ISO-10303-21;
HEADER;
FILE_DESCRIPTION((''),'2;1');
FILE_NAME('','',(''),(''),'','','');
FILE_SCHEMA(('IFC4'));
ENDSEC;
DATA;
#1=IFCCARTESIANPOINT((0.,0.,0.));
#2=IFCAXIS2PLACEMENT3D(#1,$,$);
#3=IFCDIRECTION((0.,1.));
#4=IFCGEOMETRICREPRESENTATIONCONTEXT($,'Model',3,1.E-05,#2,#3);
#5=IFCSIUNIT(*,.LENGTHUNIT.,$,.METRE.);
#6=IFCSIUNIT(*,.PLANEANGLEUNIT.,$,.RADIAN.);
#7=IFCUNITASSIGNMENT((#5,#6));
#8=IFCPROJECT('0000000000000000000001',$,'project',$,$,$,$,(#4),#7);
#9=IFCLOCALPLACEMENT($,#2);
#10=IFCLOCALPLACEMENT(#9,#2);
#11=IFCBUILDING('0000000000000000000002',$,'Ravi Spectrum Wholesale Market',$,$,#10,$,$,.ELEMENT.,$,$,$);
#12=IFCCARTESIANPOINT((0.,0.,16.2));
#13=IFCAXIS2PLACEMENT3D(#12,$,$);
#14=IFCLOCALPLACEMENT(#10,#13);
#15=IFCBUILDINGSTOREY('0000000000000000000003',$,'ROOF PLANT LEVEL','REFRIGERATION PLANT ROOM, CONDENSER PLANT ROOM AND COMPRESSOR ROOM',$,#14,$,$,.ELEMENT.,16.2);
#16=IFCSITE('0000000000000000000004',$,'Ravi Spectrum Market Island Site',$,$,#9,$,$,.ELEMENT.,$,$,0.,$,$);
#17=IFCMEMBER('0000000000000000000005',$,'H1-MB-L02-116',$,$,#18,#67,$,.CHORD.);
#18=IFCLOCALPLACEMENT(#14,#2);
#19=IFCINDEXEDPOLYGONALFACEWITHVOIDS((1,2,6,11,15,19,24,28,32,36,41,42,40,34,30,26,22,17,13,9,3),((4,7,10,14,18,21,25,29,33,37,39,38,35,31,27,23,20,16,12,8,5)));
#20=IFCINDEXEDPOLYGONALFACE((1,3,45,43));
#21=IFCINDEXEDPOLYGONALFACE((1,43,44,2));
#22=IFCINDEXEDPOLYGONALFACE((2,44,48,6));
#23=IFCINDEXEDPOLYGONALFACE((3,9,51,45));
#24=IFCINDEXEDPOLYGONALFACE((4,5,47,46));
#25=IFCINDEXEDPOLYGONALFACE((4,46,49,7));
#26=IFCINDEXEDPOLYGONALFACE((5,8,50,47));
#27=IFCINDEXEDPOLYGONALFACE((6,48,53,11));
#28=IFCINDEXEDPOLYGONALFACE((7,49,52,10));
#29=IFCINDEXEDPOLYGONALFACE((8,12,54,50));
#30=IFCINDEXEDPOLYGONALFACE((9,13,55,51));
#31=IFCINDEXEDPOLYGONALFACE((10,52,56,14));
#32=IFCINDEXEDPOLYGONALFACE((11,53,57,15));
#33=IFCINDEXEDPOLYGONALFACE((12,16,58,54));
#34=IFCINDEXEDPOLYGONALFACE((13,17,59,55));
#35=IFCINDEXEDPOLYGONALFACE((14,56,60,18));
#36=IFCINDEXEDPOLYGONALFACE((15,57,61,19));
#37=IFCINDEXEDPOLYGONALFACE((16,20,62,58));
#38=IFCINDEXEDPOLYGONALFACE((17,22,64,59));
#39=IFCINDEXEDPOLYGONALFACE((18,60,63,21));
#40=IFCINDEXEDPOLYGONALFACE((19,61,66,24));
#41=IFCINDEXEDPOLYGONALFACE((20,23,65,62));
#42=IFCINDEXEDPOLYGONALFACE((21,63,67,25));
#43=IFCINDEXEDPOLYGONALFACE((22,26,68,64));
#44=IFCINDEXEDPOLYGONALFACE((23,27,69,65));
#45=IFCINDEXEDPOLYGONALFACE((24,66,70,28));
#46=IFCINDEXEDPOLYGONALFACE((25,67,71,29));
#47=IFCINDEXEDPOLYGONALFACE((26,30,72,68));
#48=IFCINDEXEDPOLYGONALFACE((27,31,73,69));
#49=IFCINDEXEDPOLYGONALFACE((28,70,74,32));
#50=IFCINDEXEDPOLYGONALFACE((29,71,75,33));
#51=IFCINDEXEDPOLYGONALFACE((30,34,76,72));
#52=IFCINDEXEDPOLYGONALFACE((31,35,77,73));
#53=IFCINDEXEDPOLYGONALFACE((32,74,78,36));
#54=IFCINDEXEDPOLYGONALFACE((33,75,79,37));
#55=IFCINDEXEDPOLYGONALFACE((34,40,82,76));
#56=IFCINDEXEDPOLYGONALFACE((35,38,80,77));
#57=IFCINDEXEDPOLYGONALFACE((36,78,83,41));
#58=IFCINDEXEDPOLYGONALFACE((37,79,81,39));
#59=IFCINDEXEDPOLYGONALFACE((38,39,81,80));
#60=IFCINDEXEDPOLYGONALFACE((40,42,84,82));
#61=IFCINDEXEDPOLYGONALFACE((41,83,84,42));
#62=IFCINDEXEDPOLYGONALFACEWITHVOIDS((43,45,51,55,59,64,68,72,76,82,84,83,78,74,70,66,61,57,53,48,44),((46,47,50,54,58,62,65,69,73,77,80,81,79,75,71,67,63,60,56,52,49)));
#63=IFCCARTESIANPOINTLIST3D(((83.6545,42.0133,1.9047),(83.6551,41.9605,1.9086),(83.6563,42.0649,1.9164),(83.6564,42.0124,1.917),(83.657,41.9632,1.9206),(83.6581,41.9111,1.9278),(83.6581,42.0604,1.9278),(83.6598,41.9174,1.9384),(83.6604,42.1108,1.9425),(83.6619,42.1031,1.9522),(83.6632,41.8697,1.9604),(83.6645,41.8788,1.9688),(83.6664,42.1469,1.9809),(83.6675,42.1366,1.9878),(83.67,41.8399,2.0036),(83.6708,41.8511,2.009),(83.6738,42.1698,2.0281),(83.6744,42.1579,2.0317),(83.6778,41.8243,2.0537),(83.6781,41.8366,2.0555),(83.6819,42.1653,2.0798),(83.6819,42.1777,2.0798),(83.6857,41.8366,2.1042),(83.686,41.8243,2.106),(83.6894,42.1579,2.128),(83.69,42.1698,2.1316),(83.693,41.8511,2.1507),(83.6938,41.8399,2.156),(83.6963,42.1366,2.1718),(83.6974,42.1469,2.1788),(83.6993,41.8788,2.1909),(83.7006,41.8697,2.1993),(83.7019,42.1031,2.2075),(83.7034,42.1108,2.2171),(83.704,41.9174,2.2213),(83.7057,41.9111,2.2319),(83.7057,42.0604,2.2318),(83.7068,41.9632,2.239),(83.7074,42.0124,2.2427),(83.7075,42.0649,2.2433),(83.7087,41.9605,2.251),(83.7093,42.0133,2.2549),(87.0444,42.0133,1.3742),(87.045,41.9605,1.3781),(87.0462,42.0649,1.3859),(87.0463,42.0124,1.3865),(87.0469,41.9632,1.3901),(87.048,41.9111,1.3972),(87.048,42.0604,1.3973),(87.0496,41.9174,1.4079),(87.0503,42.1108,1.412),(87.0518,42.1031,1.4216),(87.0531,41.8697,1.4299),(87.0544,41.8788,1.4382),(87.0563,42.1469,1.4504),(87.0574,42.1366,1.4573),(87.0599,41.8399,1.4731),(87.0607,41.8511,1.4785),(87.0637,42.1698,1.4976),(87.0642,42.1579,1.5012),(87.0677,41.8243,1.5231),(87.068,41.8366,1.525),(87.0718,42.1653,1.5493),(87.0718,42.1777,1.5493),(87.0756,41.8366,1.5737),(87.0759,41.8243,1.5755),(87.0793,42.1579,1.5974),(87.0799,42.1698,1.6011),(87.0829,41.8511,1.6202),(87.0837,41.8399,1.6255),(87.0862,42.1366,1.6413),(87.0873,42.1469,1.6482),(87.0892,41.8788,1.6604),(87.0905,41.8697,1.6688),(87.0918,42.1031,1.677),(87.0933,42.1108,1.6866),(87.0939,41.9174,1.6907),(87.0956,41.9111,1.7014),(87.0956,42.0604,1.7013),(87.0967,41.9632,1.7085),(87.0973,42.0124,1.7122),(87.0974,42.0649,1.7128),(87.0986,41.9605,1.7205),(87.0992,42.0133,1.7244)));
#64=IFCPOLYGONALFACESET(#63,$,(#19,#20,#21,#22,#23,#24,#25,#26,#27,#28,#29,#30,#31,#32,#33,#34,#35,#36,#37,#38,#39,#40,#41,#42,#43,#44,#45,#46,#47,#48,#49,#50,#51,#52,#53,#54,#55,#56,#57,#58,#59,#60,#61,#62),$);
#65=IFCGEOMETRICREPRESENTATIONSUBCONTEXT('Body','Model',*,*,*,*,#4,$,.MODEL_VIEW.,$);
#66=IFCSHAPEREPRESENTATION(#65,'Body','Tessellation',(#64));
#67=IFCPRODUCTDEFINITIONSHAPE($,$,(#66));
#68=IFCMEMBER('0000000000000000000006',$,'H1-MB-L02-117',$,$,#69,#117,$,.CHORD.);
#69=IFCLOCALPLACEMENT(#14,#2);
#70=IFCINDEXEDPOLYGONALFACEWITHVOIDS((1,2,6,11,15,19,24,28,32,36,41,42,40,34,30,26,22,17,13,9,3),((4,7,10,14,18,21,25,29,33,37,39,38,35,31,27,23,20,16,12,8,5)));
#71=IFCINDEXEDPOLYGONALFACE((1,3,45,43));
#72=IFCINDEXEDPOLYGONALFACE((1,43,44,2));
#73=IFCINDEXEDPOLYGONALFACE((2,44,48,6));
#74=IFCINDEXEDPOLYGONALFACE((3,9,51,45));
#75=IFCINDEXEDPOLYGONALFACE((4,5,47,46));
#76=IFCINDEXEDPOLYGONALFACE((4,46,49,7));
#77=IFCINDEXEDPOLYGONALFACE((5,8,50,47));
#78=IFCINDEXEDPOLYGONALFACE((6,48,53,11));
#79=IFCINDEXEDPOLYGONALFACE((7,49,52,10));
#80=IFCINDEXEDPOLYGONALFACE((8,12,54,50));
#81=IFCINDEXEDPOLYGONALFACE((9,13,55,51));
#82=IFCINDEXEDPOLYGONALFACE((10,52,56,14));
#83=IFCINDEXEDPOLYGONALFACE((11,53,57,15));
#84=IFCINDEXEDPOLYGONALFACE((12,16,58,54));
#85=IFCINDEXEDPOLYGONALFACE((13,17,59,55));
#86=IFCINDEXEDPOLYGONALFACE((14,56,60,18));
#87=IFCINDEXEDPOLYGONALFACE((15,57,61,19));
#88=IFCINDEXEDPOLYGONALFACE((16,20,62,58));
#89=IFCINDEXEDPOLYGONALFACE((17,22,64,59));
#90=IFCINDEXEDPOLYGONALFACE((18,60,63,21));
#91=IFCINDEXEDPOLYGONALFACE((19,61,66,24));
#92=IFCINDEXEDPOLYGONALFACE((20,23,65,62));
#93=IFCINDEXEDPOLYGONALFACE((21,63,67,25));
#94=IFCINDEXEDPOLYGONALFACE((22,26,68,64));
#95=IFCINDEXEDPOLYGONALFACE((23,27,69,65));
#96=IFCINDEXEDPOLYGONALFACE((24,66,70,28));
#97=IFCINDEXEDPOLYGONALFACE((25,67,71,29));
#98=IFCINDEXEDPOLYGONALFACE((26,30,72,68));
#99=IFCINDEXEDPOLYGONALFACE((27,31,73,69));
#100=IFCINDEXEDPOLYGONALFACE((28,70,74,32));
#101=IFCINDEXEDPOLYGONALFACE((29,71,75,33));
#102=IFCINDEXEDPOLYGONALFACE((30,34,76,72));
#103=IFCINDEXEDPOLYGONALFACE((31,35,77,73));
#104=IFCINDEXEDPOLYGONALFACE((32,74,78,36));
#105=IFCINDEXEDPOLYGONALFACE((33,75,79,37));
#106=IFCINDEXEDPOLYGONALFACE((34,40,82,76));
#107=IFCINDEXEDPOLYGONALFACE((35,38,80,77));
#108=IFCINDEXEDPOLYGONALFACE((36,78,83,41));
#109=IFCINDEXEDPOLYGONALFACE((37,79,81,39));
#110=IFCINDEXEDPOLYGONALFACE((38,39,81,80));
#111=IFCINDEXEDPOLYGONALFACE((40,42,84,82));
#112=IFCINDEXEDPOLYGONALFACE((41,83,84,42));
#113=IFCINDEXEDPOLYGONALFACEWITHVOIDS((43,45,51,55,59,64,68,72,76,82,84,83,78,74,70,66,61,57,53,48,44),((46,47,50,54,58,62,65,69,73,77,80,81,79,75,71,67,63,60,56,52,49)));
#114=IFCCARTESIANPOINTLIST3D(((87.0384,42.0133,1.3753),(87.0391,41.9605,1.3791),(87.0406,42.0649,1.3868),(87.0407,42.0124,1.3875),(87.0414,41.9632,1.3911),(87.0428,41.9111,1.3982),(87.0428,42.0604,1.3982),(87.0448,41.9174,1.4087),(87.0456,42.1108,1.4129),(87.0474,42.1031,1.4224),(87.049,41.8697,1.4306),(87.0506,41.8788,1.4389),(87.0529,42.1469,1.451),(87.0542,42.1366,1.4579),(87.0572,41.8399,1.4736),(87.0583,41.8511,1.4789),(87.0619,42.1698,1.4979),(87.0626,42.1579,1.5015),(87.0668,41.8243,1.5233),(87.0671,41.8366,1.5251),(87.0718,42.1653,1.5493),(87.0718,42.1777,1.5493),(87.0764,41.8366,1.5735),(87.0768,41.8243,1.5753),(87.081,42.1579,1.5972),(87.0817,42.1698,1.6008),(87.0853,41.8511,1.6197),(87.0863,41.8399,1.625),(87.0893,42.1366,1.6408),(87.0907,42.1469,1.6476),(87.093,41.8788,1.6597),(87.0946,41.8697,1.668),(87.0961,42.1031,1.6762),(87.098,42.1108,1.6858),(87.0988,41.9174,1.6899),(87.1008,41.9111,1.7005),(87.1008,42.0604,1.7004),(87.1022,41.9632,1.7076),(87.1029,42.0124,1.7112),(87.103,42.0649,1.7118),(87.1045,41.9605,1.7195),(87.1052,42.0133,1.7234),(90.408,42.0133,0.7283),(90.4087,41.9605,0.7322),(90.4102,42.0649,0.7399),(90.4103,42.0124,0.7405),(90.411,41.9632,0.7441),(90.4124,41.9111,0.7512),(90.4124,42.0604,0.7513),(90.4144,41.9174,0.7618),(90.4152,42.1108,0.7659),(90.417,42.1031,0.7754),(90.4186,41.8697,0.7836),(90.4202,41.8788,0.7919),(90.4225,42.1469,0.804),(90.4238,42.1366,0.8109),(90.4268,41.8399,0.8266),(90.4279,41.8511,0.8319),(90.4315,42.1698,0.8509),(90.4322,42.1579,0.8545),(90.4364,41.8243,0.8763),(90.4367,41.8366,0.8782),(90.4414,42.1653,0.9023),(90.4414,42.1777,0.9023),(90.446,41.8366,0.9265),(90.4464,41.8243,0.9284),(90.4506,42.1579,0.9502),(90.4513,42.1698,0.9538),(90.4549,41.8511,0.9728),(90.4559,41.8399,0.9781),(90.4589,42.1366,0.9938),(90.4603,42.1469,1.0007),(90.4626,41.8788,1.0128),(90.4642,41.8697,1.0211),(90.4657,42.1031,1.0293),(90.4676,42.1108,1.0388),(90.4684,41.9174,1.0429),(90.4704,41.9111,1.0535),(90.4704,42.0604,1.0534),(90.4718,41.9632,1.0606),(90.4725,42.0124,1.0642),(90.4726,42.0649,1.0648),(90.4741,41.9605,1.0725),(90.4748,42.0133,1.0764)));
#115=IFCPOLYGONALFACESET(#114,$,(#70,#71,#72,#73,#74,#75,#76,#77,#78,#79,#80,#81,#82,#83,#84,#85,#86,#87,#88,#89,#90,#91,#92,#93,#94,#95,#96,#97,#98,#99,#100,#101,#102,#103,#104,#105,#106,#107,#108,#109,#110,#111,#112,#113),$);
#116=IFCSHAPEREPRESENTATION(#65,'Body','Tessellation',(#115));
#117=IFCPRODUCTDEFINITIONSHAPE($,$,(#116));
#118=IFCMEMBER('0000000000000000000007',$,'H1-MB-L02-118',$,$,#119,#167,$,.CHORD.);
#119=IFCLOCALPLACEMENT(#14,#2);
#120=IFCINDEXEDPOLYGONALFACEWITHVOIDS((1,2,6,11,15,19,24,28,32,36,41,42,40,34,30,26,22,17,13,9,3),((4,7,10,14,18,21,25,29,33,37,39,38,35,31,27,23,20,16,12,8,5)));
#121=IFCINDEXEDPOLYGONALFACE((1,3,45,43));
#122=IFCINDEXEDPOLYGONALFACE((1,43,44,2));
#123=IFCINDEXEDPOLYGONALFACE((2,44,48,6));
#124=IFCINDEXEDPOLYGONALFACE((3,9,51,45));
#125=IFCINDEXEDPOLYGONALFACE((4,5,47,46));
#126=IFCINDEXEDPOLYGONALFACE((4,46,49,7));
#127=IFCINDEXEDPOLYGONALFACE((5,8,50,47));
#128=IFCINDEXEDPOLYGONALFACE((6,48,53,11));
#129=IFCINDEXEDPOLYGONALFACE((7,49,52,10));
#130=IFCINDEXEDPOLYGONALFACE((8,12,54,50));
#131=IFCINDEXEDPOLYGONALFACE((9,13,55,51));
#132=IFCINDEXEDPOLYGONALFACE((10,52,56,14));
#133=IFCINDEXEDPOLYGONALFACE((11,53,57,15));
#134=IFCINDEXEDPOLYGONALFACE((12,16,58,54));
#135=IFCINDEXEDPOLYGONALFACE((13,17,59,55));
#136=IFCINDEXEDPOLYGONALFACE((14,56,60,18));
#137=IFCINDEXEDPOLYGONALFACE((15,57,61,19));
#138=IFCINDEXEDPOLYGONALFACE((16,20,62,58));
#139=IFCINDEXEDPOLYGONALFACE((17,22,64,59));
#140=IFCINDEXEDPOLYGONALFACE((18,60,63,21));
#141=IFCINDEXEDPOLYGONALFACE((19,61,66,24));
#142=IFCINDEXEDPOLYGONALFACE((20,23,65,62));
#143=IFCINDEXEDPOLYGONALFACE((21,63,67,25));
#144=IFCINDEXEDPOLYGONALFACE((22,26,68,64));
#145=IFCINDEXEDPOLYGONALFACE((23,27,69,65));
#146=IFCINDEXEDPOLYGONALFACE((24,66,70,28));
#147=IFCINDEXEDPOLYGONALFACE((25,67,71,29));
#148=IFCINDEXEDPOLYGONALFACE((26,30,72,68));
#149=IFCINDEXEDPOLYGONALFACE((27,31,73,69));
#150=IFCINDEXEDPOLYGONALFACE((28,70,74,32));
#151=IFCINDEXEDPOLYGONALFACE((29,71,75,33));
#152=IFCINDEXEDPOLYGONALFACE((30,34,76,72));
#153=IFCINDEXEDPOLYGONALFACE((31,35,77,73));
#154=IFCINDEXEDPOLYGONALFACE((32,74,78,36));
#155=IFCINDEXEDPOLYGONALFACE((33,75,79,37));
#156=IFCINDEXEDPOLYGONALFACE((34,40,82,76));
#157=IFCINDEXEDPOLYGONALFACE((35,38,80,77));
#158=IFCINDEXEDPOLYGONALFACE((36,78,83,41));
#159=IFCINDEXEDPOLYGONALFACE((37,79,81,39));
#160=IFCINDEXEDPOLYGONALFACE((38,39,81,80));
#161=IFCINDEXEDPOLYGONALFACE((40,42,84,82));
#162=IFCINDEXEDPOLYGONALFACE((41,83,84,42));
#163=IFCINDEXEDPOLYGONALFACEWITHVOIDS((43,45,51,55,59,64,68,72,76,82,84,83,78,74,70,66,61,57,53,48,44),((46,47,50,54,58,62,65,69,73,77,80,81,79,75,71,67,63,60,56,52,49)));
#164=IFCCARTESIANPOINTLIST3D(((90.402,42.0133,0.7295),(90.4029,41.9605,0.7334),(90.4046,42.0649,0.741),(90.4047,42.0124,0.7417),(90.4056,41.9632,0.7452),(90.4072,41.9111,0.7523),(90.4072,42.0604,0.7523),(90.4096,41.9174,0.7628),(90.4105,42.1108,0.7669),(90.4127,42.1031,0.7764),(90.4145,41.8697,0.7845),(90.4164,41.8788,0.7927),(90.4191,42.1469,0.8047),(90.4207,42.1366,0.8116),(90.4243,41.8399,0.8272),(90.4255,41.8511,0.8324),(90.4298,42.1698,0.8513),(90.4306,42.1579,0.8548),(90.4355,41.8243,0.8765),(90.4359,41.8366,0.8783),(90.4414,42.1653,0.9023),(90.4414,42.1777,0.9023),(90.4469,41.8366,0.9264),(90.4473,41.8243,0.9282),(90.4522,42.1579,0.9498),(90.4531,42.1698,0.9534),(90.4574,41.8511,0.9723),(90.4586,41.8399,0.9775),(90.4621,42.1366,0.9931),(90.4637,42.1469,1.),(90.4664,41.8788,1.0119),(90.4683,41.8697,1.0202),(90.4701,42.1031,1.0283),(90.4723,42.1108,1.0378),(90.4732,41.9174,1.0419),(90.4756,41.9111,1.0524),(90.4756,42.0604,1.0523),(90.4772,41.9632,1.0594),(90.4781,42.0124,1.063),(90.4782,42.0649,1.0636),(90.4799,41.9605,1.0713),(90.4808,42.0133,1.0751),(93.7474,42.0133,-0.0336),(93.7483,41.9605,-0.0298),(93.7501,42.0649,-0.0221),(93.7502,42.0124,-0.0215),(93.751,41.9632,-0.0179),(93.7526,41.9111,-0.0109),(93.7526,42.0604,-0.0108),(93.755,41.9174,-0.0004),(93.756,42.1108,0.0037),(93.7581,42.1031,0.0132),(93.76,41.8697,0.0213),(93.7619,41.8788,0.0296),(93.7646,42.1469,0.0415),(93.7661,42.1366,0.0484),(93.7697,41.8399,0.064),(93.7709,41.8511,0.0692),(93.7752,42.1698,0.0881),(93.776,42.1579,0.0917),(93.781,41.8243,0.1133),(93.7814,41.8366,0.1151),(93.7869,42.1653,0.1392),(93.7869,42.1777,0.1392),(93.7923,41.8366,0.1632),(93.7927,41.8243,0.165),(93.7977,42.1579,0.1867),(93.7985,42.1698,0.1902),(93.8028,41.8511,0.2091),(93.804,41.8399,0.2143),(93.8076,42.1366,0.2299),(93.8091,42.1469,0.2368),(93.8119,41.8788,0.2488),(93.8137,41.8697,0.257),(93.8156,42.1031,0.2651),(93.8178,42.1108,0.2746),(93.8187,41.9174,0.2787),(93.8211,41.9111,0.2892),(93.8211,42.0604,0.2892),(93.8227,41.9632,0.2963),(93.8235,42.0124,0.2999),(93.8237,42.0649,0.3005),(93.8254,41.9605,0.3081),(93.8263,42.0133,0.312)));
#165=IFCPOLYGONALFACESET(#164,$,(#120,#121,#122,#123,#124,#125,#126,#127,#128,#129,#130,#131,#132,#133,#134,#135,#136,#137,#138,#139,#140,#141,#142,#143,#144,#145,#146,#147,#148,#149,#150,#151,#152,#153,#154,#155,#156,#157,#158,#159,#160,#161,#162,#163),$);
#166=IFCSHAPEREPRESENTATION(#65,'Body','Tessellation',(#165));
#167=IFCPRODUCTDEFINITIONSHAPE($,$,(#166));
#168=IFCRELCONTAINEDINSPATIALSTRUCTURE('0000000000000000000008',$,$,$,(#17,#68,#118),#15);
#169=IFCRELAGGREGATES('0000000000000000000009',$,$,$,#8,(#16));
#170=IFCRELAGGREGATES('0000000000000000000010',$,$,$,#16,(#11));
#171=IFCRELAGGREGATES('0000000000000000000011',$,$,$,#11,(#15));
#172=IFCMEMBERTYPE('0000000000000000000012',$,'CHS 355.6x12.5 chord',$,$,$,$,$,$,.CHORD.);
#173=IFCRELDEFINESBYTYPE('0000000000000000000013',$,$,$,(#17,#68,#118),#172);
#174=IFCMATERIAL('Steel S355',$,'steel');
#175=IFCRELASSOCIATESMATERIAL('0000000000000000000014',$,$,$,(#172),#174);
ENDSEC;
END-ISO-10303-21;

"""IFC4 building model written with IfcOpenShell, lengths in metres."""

from ifc_helpers import new_model, si_unit, direction, frame, origin, origin_2d, place, context, subcontext, project, spatial, hollow_circle, extrude, material, material_profile, profile_set, type_object, element, save


model = new_model("IFC4")

# Units and contexts
model_context = context("Model", 3, precision=1e-05, world=origin(), true_north=direction((0.0, 1.0)))
body_context = subcontext(model_context, "Body", "Model", "MODEL_VIEW")
ifc_project = project(units=[si_unit("LENGTHUNIT", "METRE"), si_unit("PLANEANGLEUNIT", "RADIAN")], contexts=[model_context])

# Site, building, storey
site_placement = place(None, origin())
site = spatial("IfcSite", under=ifc_project, at=site_placement, Name="Ravi Spectrum Market Island Site", CompositionType="ELEMENT", RefElevation=0.0)
building_placement = place(site_placement, origin())
building = spatial("IfcBuilding", under=site, at=building_placement, Name="Ravi Spectrum Wholesale Market", CompositionType="ELEMENT")
storey_placement = place(building_placement, frame((0.0, 0.0, 16.2)))
storey = spatial("IfcBuildingStorey", under=building, at=storey_placement, Name="ROOF PLANT LEVEL", Description="REFRIGERATION PLANT ROOM, CONDENSER PLANT ROOM AND COMPRESSOR ROOM", CompositionType="ELEMENT", Elevation=16.2)

# Members
ifc_material_1 = material(Name="Steel S355", Category="steel")
ifc_material_profile_1 = material_profile(ifc_material_1, hollow_circle(Radius=0.1777, WallThickness=0.0125, at=origin_2d()))
ifc_profile_set_1 = profile_set([ifc_material_profile_1], Name="Steel S355")
member_type_1 = type_object("IfcMemberType", Name="CHS 355.6x12.5 chord", PredefinedType="CHORD", material=ifc_profile_set_1)
for number, where, z_axis, x_axis, name in (
    (1, (83.6819, 42.0, 2.0798), (0.987974, 0.0, -0.154618), (0.0, 1.0, 0.0), "H1-MB-L02-116"),
    (2, (87.0718, 42.0, 1.5493), (0.982062, 0.0, -0.188557), (0.0, 1.0, 0.0), "H1-MB-L02-117"),
):
    element("IfcMember", number, at=place(storey_placement, frame(where, z_axis=z_axis, x_axis=x_axis)), inside=storey, type_object=member_type_1, Name=name, PredefinedType="CHORD", context=body_context, shape_type="SweptSolid", body=[
        extrude(hollow_circle(Radius=0.1777, WallThickness=0.0125, at=origin_2d()), origin(), (0.0, 0.0, 1.0), 3.4312),
    ])
member_1_placement = place(storey_placement, frame((90.4414, 42.0, 0.9023), z_axis=(0.974953, 0.0, -0.222411), x_axis=(0.0, 1.0, 0.0)))
element("IfcMember", 3, at=member_1_placement, inside=storey, type_object=member_type_1, Name="H1-MB-L02-118", PredefinedType="CHORD", context=body_context, shape_type="SweptSolid", body=[
    extrude(hollow_circle(Radius=0.1777, WallThickness=0.0125, at=origin_2d()), origin(), (0.0, 0.0, 1.0), 3.4314),
])

save(model, "model.ifc")
